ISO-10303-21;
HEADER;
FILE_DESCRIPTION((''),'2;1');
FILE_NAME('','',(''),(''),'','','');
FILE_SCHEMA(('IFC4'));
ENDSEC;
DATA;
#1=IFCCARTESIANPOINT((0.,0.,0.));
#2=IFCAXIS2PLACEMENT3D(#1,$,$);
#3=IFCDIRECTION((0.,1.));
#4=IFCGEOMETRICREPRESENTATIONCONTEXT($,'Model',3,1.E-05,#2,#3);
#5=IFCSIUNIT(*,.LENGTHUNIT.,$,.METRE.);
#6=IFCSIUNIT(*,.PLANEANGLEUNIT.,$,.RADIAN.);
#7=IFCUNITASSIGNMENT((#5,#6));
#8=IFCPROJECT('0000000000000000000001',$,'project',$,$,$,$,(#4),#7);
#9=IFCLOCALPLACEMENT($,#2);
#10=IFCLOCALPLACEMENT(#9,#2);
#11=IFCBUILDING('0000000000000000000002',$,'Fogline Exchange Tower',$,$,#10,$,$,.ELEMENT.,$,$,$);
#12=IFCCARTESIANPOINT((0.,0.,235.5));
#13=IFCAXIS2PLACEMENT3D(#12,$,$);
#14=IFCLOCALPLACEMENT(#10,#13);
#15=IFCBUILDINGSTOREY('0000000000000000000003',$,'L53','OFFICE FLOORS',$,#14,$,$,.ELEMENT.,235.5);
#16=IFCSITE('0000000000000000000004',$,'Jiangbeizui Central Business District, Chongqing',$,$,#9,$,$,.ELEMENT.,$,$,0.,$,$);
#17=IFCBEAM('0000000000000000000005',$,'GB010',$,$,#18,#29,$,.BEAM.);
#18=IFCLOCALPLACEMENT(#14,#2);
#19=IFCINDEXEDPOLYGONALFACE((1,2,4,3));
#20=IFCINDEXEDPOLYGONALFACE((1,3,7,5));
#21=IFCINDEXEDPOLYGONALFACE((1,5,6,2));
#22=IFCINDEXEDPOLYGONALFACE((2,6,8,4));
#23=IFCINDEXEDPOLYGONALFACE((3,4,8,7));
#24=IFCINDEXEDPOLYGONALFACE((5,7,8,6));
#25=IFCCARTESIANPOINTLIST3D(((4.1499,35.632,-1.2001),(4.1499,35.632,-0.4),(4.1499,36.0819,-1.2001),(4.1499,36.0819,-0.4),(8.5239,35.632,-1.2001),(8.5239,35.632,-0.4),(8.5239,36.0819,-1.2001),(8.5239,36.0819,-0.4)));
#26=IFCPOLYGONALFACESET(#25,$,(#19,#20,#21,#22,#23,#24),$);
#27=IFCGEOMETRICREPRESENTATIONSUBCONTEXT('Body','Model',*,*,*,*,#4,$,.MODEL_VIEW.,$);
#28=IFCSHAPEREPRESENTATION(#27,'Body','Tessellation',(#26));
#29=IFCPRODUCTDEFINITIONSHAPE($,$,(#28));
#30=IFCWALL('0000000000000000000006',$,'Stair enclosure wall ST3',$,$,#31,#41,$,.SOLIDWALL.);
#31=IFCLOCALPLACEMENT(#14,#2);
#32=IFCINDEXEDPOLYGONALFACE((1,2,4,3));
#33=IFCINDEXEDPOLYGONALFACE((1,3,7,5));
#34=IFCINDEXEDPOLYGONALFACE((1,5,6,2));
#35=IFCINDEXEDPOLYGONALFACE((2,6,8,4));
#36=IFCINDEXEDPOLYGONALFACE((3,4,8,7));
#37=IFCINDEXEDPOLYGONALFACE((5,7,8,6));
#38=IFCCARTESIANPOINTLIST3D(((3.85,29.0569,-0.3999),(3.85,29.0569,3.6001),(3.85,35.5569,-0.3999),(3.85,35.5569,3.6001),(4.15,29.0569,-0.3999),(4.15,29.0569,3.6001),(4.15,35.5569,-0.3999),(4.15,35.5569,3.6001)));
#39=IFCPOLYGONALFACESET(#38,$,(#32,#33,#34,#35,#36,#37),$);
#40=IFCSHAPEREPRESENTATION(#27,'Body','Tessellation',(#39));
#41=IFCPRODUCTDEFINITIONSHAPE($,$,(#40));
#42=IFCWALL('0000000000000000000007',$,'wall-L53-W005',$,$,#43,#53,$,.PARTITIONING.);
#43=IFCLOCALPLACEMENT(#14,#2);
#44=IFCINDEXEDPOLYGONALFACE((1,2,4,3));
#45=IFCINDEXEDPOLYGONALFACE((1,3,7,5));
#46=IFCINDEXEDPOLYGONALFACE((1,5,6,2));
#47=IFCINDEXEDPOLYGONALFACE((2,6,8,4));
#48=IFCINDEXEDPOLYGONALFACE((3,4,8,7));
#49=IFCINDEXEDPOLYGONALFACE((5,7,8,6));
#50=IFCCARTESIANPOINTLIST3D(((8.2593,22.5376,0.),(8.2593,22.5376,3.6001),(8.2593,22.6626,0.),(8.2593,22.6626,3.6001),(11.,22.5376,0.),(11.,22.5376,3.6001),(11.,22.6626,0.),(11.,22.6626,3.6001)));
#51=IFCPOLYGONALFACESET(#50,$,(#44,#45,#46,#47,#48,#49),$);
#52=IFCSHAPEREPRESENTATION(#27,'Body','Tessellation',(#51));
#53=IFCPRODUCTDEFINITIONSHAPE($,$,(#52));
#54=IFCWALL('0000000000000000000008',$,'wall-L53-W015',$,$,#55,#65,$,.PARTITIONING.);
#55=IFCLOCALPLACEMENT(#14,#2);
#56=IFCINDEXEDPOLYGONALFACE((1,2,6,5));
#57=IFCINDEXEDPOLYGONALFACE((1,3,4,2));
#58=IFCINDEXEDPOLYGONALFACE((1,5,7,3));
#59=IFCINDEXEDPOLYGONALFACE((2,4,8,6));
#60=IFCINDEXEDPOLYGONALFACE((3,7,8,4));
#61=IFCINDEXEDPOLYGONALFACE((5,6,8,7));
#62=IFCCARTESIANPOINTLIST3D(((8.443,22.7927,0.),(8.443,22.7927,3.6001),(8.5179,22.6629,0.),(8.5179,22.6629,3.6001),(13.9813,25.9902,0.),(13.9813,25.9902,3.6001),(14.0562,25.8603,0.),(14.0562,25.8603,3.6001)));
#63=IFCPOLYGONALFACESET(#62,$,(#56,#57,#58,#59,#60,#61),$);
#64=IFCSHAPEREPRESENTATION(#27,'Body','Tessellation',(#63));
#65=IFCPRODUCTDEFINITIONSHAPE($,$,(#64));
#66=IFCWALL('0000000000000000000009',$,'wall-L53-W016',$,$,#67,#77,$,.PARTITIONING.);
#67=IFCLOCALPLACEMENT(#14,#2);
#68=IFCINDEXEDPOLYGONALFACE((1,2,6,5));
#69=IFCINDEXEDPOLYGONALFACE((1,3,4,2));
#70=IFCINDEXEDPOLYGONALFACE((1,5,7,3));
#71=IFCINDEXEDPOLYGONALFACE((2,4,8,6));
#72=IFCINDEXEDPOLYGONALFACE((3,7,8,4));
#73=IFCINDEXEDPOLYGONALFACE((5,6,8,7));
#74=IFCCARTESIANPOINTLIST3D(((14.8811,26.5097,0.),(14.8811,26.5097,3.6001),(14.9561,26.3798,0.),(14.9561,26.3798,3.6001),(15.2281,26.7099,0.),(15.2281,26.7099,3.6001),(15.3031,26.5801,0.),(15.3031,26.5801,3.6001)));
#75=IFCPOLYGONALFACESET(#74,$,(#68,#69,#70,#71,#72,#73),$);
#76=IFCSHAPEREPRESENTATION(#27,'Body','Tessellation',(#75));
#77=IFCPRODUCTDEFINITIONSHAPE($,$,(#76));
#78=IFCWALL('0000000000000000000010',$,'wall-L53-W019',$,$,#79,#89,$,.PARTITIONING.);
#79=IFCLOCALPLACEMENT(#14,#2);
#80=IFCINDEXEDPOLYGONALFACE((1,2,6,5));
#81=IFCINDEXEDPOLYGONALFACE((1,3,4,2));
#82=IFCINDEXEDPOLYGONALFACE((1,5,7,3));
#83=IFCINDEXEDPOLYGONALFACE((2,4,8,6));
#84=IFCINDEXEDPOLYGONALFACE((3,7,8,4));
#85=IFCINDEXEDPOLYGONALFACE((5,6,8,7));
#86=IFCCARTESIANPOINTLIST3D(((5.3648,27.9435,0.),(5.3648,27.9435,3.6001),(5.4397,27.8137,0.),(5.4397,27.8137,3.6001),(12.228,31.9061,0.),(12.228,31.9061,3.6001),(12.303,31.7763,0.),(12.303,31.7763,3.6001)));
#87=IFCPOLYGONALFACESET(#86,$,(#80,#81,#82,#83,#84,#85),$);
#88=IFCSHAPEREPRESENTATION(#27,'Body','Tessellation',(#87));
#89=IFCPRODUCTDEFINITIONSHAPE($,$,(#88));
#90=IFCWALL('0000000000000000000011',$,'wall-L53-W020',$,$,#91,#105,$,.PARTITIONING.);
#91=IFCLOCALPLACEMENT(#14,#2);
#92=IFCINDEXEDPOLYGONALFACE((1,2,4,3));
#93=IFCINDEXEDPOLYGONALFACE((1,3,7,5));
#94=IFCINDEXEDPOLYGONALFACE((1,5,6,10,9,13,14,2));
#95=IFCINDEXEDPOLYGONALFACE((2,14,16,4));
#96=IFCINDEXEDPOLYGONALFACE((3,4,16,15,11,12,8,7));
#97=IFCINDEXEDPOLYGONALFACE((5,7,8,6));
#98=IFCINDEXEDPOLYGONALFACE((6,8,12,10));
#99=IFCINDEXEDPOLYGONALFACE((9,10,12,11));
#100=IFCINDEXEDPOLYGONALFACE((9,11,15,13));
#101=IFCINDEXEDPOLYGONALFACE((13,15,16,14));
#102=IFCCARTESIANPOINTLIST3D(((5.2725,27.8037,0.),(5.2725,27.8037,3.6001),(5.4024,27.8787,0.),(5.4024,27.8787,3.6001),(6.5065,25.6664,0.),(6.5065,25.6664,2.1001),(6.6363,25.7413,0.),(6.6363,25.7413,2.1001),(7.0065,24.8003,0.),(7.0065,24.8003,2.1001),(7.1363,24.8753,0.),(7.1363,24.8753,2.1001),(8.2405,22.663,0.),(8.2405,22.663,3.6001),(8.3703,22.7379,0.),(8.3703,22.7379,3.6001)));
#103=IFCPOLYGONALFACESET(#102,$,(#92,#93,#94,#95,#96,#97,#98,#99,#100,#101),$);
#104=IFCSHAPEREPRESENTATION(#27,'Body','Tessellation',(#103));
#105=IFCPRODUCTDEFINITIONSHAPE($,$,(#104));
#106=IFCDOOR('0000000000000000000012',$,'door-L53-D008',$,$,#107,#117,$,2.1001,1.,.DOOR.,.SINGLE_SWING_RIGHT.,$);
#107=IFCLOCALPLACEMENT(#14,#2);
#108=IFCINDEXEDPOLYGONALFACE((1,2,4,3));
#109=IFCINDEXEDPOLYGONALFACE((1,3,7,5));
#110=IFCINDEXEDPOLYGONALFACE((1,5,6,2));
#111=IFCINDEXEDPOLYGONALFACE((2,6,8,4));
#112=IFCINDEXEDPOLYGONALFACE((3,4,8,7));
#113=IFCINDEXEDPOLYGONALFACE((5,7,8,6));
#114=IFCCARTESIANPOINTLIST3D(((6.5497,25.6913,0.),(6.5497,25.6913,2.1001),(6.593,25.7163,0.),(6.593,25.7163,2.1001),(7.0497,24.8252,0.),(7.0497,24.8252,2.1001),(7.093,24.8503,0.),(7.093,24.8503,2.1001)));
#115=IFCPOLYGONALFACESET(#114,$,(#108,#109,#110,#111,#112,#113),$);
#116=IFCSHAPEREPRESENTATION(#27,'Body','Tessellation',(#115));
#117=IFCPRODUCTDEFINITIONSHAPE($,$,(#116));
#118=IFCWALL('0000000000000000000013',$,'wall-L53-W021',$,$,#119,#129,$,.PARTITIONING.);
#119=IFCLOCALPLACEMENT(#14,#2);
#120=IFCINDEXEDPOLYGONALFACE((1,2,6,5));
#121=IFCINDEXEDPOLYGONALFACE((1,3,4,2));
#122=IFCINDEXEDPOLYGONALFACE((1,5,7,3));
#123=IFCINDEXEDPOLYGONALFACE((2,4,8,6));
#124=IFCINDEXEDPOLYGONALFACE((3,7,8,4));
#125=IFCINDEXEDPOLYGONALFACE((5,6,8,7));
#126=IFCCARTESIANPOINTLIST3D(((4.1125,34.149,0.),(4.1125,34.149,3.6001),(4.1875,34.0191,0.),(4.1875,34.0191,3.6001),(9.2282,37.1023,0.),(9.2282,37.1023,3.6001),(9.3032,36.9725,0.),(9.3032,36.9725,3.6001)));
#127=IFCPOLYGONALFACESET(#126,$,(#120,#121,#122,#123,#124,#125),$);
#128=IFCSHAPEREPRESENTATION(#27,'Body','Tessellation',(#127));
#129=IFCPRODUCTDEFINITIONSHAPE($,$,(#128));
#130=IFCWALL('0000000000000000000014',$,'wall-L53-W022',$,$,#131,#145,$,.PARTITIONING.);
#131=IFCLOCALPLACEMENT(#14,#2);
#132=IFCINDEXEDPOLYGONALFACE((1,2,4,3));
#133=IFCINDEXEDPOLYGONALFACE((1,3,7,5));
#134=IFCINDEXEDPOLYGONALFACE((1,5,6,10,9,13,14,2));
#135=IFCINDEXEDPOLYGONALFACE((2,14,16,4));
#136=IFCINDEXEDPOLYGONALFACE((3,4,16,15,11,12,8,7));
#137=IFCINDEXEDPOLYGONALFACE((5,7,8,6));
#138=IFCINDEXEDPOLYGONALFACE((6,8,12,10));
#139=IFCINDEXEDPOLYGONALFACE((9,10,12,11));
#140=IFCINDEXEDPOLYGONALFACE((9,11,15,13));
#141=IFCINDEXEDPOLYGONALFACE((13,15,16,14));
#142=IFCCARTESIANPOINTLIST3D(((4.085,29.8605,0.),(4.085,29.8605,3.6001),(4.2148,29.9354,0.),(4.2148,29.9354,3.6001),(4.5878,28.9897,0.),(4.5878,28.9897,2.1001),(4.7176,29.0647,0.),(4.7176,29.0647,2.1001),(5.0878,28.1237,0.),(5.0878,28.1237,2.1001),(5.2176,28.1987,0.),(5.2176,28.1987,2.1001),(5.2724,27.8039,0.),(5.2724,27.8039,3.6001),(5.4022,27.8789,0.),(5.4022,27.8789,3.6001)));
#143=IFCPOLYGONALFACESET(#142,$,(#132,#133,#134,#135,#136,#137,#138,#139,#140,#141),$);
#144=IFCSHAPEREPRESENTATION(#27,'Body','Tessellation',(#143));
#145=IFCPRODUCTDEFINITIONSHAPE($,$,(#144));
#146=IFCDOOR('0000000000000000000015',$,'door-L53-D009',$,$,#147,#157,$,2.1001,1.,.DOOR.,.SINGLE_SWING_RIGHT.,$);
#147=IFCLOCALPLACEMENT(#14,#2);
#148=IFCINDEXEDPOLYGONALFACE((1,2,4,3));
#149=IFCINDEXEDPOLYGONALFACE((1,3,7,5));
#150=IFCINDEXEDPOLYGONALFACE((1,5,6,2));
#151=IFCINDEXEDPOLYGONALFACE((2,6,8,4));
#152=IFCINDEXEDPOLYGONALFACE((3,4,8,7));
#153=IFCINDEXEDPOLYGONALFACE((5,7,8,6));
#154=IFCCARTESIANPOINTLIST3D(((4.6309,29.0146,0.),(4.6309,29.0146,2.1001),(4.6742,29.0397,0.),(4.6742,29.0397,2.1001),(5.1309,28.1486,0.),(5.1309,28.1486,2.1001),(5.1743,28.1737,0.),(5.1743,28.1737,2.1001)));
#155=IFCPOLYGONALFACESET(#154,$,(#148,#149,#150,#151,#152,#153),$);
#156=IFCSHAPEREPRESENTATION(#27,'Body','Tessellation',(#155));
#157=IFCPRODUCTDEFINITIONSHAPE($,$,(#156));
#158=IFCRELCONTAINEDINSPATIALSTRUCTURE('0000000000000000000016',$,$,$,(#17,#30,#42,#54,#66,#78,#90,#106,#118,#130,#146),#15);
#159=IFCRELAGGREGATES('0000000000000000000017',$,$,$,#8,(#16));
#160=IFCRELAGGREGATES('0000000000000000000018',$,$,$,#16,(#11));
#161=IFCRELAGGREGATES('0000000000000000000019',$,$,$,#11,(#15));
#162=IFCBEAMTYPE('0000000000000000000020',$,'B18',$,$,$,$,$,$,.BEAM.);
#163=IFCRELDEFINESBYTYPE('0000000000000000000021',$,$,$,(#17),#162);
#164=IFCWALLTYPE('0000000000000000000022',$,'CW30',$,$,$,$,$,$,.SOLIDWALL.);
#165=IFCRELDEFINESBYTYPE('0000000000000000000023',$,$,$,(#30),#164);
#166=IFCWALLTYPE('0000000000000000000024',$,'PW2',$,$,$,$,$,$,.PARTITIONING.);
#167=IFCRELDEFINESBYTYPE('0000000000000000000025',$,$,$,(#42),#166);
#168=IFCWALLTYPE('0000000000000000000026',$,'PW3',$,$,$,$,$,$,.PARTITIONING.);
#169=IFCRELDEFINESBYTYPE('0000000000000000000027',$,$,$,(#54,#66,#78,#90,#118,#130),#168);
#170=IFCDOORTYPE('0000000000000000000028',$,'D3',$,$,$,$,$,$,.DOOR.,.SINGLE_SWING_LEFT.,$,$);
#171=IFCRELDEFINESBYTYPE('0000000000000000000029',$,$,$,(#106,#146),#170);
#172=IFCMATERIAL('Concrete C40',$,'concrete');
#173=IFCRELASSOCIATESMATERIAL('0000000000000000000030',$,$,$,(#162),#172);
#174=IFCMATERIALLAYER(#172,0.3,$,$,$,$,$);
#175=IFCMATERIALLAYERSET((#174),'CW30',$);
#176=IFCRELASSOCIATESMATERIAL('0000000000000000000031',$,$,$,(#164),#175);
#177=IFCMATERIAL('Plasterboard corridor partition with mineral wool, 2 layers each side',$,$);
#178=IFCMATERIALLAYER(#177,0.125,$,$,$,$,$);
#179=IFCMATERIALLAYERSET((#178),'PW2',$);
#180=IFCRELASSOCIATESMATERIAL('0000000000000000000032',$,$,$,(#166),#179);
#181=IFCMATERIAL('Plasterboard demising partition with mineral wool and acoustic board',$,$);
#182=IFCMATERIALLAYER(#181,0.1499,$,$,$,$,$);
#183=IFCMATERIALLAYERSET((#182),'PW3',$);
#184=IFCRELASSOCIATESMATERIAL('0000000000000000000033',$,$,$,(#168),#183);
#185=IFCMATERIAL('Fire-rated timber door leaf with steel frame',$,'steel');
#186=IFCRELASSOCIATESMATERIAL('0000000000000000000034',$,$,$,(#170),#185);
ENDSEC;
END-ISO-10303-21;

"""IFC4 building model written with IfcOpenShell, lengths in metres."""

from ifc_helpers import new_model, si_unit, direction, frame, frame_2d, origin, origin_2d, place, context, subcontext, project, spatial, rectangle, extrude, material, layer, layer_set, material_profile, profile_set, type_object, element, fill, save


model = new_model("IFC4")

# Units and contexts
model_context = context("Model", 3, precision=1e-05, world=origin(), true_north=direction((0.0, 1.0)))
body_context = subcontext(model_context, "Body", "Model", "MODEL_VIEW")
ifc_project = project(units=[si_unit("LENGTHUNIT", "METRE"), si_unit("PLANEANGLEUNIT", "RADIAN")], contexts=[model_context])

# Site, building, storey
site_placement = place(None, origin())
site = spatial("IfcSite", under=ifc_project, at=site_placement, Name="Jiangbeizui Central Business District, Chongqing", CompositionType="ELEMENT", RefElevation=0.0)
building_placement = place(site_placement, origin())
building = spatial("IfcBuilding", under=site, at=building_placement, Name="Fogline Exchange Tower", CompositionType="ELEMENT")
storey_placement = place(building_placement, frame((0.0, 0.0, 235.5)))
storey = spatial("IfcBuildingStorey", under=building, at=storey_placement, Name="L53", Description="OFFICE FLOORS", CompositionType="ELEMENT", Elevation=235.5)

# Beam
ifc_material_1 = material(Name="Concrete C40", Category="concrete")
ifc_material_profile_1 = material_profile(ifc_material_1, rectangle(XDim=0.45, YDim=0.8, at=origin_2d()), Name="RC 450x800")
ifc_profile_set_1 = profile_set([ifc_material_profile_1], Name="Concrete C40")
beam_type_1 = type_object("IfcBeamType", Name="B18", PredefinedType="BEAM", material=ifc_profile_set_1)
beam_1_placement = place(storey_placement, frame((4.1499, 35.8569, -0.8), z_axis=(1.0, 0.0, 0.0), x_axis=(0.0, 1.0, 0.0)))
element("IfcBeam", 1, at=beam_1_placement, inside=storey, type_object=beam_type_1, Name="GB010", PredefinedType="BEAM", context=body_context, shape_type="SweptSolid", body=[
    extrude(rectangle(XDim=0.45, YDim=0.8, at=origin_2d()), origin(), (0.0, 0.0, 1.0), 4.374),
])

# Wall
ifc_layer_1 = layer(ifc_material_1, 0.3)
ifc_layer_set_1 = layer_set([ifc_layer_1], Name="CW30")
wall_type_1 = type_object("IfcWallType", Name="CW30", PredefinedType="SOLIDWALL", material=ifc_layer_set_1)
wall_1_placement = place(storey_placement, frame((4.0, 29.0569, -0.3999), z_axis=(0.0, 0.0, 1.0), x_axis=(0.0, 1.0, 0.0)))
element("IfcWall", 2, at=wall_1_placement, inside=storey, type_object=wall_type_1, Name="Stair enclosure wall ST3", PredefinedType="SOLIDWALL", context=body_context, shape_type="SweptSolid", body=[
    extrude(rectangle(XDim=6.5, YDim=0.3, at=frame_2d((3.25, 0.0))), origin(), (0.0, 0.0, 1.0), 4.0),
])

# Walls
ifc_material_2 = material(Name="Plasterboard corridor partition with mineral wool, 2 layers each side")
ifc_layer_2 = layer(ifc_material_2, 0.125)
ifc_layer_set_2 = layer_set([ifc_layer_2], Name="PW2")
wall_type_2 = type_object("IfcWallType", Name="PW2", PredefinedType="PARTITIONING", material=ifc_layer_set_2)
wall_2_placement = place(storey_placement, frame((8.2593, 22.6001, 0.0), z_axis=(0.0, 0.0, 1.0), x_axis=(1.0, 0.0, 0.0)))
element("IfcWall", 3, at=wall_2_placement, inside=storey, type_object=wall_type_2, Name="wall-L53-W005", PredefinedType="PARTITIONING", context=body_context, shape_type="SweptSolid", body=[
    extrude(rectangle(XDim=2.7407, YDim=0.125, at=frame_2d((1.3704, 0.0))), origin(), (0.0, 0.0, 1.0), 3.6001),
])
ifc_material_3 = material(Name="Plasterboard demising partition with mineral wool and acoustic board")
ifc_layer_3 = layer(ifc_material_3, 0.1499)
ifc_layer_set_3 = layer_set([ifc_layer_3], Name="PW3")
wall_type_3 = type_object("IfcWallType", Name="PW3", PredefinedType="PARTITIONING", material=ifc_layer_set_3)
wall_3_placement = place(storey_placement, frame((8.4805, 22.7278, 0.0), z_axis=(0.0, 0.0, 1.0), x_axis=(0.866029, 0.499995, 0.0)))
element("IfcWall", 4, at=wall_3_placement, inside=storey, type_object=wall_type_3, Name="wall-L53-W015", PredefinedType="PARTITIONING", context=body_context, shape_type="SweptSolid", body=[
    extrude(rectangle(XDim=6.395, YDim=0.1499, at=frame_2d((3.1975, 0.0))), origin(), (0.0, 0.0, 1.0), 3.6001),
])
wall_4_placement = place(storey_placement, frame((14.9187, 26.4448, 0.0), z_axis=(0.0, 0.0, 1.0), x_axis=(0.866135, 0.49981, 0.0)))
element("IfcWall", 5, at=wall_4_placement, inside=storey, type_object=wall_type_3, Name="wall-L53-W016", PredefinedType="PARTITIONING", context=body_context, shape_type="SweptSolid", body=[
    extrude(rectangle(XDim=0.4006, YDim=0.1499, at=frame_2d((0.2002, 0.0))), origin(), (0.0, 0.0, 1.0), 3.6001),
])
wall_5_placement = place(storey_placement, frame((5.4023, 27.8787, 0.0), z_axis=(0.0, 0.0, 1.0), x_axis=(0.866018, 0.500012, 0.0)))
element("IfcWall", 6, at=wall_5_placement, inside=storey, type_object=wall_type_3, Name="wall-L53-W019", PredefinedType="PARTITIONING", context=body_context, shape_type="SweptSolid", body=[
    extrude(rectangle(XDim=7.925, YDim=0.1499, at=frame_2d((3.9624, 0.0))), origin(), (0.0, 0.0, 1.0), 3.6001),
])

# Wall, opening, door
wall_6_placement = place(storey_placement, frame((8.3054, 22.7004, 0.0), z_axis=(0.0, 0.0, 1.0), x_axis=(-0.499992, 0.86603, 0.0)))
wall_6 = element("IfcWall", 7, at=wall_6_placement, inside=storey, type_object=wall_type_3, Name="wall-L53-W020", PredefinedType="PARTITIONING", context=body_context, shape_type="SweptSolid", body=[
    extrude(rectangle(XDim=5.936, YDim=0.1499, at=frame_2d((2.968, 0.0))), origin(), (0.0, 0.0, 1.0), 3.6001),
])
opening_1_placement = place(wall_6_placement, frame((2.468, 0.0, 0.0)))
opening_1 = element("IfcOpeningElement", 8, at=opening_1_placement, cuts=wall_6, PredefinedType="OPENING", context=body_context, shape_type="SweptSolid", body=[
    extrude(rectangle(XDim=1.0, YDim=2.1001, at=frame_2d((0.5, 1.05))), frame((0.0, 0.085, 0.0), z_axis=(0.0, -1.0, 0.0), x_axis=(1.0, 0.0, 0.0)), (0.0, 0.0, 1.0), 0.1699),
])
ifc_material_4 = material(Name="Fire-rated timber door leaf with steel frame", Category="steel")
door_type_1 = type_object("IfcDoorType", Name="D3", OperationType="SINGLE_SWING_LEFT", PredefinedType="DOOR", material=ifc_material_4)
door_1_placement = place(opening_1_placement, frame((1.0, 0.0, 0.0), z_axis=(0.0, 0.0, 1.0), x_axis=(-1.0, 0.0, 0.0)))
door_1 = element("IfcDoor", 9, at=door_1_placement, inside=storey, type_object=door_type_1, Name="door-L53-D008", OperationType="SINGLE_SWING_RIGHT", OverallHeight=2.1001, OverallWidth=1.0, PredefinedType="DOOR", context=body_context, shape_type="SweptSolid", body=[
    extrude(rectangle(XDim=1.0, YDim=2.1001, at=frame_2d((0.5, 1.05))), frame((0.0, 0.0249, 0.0), z_axis=(0.0, -1.0, 0.0), x_axis=(1.0, 0.0, 0.0)), (0.0, 0.0, 1.0), 0.05),
])
fill(opening_1, door_1)

# Wall
wall_7_placement = place(storey_placement, frame((4.1499, 34.084, 0.0), z_axis=(0.0, 0.0, 1.0), x_axis=(0.86604, 0.499975, 0.0)))
element("IfcWall", 10, at=wall_7_placement, inside=storey, type_object=wall_type_3, Name="wall-L53-W021", PredefinedType="PARTITIONING", context=body_context, shape_type="SweptSolid", body=[
    extrude(rectangle(XDim=5.907, YDim=0.1499, at=frame_2d((2.9536, 0.0))), origin(), (0.0, 0.0, 1.0), 3.6001),
])

# Wall, opening, door
wall_8_placement = place(storey_placement, frame((5.3374, 27.8413, 0.0), z_axis=(0.0, 0.0, 1.0), x_axis=(-0.500031, 0.866008, 0.0)))
wall_8 = element("IfcWall", 11, at=wall_8_placement, inside=storey, type_object=wall_type_3, Name="wall-L53-W022", PredefinedType="PARTITIONING", context=body_context, shape_type="SweptSolid", body=[
    extrude(rectangle(XDim=2.3748, YDim=0.1499, at=frame_2d((1.1875, 0.0))), origin(), (0.0, 0.0, 1.0), 3.6001),
])
opening_2_placement = place(wall_8_placement, frame((0.3694, 0.0, 0.0)))
opening_2 = element("IfcOpeningElement", 12, at=opening_2_placement, cuts=wall_8, PredefinedType="OPENING", context=body_context, shape_type="SweptSolid", body=[
    extrude(rectangle(XDim=1.0, YDim=2.1001, at=frame_2d((0.5, 1.05))), frame((0.0, 0.085, 0.0), z_axis=(0.0, -1.0, 0.0), x_axis=(1.0, 0.0, 0.0)), (0.0, 0.0, 1.0), 0.1699),
])
door_2_placement = place(opening_2_placement, frame((1.0, 0.0, 0.0), z_axis=(0.0, 0.0, 1.0), x_axis=(-1.0, 0.0, 0.0)))
door_2 = element("IfcDoor", 13, at=door_2_placement, inside=storey, type_object=door_type_1, Name="door-L53-D009", OperationType="SINGLE_SWING_RIGHT", OverallHeight=2.1001, OverallWidth=1.0, PredefinedType="DOOR", context=body_context, shape_type="SweptSolid", body=[
    extrude(rectangle(XDim=1.0, YDim=2.1001, at=frame_2d((0.5, 1.05))), frame((0.0, 0.0249, 0.0), z_axis=(0.0, -1.0, 0.0), x_axis=(1.0, 0.0, 0.0)), (0.0, 0.0, 1.0), 0.05),
])
fill(opening_2, door_2)

save(model, "model.ifc")
